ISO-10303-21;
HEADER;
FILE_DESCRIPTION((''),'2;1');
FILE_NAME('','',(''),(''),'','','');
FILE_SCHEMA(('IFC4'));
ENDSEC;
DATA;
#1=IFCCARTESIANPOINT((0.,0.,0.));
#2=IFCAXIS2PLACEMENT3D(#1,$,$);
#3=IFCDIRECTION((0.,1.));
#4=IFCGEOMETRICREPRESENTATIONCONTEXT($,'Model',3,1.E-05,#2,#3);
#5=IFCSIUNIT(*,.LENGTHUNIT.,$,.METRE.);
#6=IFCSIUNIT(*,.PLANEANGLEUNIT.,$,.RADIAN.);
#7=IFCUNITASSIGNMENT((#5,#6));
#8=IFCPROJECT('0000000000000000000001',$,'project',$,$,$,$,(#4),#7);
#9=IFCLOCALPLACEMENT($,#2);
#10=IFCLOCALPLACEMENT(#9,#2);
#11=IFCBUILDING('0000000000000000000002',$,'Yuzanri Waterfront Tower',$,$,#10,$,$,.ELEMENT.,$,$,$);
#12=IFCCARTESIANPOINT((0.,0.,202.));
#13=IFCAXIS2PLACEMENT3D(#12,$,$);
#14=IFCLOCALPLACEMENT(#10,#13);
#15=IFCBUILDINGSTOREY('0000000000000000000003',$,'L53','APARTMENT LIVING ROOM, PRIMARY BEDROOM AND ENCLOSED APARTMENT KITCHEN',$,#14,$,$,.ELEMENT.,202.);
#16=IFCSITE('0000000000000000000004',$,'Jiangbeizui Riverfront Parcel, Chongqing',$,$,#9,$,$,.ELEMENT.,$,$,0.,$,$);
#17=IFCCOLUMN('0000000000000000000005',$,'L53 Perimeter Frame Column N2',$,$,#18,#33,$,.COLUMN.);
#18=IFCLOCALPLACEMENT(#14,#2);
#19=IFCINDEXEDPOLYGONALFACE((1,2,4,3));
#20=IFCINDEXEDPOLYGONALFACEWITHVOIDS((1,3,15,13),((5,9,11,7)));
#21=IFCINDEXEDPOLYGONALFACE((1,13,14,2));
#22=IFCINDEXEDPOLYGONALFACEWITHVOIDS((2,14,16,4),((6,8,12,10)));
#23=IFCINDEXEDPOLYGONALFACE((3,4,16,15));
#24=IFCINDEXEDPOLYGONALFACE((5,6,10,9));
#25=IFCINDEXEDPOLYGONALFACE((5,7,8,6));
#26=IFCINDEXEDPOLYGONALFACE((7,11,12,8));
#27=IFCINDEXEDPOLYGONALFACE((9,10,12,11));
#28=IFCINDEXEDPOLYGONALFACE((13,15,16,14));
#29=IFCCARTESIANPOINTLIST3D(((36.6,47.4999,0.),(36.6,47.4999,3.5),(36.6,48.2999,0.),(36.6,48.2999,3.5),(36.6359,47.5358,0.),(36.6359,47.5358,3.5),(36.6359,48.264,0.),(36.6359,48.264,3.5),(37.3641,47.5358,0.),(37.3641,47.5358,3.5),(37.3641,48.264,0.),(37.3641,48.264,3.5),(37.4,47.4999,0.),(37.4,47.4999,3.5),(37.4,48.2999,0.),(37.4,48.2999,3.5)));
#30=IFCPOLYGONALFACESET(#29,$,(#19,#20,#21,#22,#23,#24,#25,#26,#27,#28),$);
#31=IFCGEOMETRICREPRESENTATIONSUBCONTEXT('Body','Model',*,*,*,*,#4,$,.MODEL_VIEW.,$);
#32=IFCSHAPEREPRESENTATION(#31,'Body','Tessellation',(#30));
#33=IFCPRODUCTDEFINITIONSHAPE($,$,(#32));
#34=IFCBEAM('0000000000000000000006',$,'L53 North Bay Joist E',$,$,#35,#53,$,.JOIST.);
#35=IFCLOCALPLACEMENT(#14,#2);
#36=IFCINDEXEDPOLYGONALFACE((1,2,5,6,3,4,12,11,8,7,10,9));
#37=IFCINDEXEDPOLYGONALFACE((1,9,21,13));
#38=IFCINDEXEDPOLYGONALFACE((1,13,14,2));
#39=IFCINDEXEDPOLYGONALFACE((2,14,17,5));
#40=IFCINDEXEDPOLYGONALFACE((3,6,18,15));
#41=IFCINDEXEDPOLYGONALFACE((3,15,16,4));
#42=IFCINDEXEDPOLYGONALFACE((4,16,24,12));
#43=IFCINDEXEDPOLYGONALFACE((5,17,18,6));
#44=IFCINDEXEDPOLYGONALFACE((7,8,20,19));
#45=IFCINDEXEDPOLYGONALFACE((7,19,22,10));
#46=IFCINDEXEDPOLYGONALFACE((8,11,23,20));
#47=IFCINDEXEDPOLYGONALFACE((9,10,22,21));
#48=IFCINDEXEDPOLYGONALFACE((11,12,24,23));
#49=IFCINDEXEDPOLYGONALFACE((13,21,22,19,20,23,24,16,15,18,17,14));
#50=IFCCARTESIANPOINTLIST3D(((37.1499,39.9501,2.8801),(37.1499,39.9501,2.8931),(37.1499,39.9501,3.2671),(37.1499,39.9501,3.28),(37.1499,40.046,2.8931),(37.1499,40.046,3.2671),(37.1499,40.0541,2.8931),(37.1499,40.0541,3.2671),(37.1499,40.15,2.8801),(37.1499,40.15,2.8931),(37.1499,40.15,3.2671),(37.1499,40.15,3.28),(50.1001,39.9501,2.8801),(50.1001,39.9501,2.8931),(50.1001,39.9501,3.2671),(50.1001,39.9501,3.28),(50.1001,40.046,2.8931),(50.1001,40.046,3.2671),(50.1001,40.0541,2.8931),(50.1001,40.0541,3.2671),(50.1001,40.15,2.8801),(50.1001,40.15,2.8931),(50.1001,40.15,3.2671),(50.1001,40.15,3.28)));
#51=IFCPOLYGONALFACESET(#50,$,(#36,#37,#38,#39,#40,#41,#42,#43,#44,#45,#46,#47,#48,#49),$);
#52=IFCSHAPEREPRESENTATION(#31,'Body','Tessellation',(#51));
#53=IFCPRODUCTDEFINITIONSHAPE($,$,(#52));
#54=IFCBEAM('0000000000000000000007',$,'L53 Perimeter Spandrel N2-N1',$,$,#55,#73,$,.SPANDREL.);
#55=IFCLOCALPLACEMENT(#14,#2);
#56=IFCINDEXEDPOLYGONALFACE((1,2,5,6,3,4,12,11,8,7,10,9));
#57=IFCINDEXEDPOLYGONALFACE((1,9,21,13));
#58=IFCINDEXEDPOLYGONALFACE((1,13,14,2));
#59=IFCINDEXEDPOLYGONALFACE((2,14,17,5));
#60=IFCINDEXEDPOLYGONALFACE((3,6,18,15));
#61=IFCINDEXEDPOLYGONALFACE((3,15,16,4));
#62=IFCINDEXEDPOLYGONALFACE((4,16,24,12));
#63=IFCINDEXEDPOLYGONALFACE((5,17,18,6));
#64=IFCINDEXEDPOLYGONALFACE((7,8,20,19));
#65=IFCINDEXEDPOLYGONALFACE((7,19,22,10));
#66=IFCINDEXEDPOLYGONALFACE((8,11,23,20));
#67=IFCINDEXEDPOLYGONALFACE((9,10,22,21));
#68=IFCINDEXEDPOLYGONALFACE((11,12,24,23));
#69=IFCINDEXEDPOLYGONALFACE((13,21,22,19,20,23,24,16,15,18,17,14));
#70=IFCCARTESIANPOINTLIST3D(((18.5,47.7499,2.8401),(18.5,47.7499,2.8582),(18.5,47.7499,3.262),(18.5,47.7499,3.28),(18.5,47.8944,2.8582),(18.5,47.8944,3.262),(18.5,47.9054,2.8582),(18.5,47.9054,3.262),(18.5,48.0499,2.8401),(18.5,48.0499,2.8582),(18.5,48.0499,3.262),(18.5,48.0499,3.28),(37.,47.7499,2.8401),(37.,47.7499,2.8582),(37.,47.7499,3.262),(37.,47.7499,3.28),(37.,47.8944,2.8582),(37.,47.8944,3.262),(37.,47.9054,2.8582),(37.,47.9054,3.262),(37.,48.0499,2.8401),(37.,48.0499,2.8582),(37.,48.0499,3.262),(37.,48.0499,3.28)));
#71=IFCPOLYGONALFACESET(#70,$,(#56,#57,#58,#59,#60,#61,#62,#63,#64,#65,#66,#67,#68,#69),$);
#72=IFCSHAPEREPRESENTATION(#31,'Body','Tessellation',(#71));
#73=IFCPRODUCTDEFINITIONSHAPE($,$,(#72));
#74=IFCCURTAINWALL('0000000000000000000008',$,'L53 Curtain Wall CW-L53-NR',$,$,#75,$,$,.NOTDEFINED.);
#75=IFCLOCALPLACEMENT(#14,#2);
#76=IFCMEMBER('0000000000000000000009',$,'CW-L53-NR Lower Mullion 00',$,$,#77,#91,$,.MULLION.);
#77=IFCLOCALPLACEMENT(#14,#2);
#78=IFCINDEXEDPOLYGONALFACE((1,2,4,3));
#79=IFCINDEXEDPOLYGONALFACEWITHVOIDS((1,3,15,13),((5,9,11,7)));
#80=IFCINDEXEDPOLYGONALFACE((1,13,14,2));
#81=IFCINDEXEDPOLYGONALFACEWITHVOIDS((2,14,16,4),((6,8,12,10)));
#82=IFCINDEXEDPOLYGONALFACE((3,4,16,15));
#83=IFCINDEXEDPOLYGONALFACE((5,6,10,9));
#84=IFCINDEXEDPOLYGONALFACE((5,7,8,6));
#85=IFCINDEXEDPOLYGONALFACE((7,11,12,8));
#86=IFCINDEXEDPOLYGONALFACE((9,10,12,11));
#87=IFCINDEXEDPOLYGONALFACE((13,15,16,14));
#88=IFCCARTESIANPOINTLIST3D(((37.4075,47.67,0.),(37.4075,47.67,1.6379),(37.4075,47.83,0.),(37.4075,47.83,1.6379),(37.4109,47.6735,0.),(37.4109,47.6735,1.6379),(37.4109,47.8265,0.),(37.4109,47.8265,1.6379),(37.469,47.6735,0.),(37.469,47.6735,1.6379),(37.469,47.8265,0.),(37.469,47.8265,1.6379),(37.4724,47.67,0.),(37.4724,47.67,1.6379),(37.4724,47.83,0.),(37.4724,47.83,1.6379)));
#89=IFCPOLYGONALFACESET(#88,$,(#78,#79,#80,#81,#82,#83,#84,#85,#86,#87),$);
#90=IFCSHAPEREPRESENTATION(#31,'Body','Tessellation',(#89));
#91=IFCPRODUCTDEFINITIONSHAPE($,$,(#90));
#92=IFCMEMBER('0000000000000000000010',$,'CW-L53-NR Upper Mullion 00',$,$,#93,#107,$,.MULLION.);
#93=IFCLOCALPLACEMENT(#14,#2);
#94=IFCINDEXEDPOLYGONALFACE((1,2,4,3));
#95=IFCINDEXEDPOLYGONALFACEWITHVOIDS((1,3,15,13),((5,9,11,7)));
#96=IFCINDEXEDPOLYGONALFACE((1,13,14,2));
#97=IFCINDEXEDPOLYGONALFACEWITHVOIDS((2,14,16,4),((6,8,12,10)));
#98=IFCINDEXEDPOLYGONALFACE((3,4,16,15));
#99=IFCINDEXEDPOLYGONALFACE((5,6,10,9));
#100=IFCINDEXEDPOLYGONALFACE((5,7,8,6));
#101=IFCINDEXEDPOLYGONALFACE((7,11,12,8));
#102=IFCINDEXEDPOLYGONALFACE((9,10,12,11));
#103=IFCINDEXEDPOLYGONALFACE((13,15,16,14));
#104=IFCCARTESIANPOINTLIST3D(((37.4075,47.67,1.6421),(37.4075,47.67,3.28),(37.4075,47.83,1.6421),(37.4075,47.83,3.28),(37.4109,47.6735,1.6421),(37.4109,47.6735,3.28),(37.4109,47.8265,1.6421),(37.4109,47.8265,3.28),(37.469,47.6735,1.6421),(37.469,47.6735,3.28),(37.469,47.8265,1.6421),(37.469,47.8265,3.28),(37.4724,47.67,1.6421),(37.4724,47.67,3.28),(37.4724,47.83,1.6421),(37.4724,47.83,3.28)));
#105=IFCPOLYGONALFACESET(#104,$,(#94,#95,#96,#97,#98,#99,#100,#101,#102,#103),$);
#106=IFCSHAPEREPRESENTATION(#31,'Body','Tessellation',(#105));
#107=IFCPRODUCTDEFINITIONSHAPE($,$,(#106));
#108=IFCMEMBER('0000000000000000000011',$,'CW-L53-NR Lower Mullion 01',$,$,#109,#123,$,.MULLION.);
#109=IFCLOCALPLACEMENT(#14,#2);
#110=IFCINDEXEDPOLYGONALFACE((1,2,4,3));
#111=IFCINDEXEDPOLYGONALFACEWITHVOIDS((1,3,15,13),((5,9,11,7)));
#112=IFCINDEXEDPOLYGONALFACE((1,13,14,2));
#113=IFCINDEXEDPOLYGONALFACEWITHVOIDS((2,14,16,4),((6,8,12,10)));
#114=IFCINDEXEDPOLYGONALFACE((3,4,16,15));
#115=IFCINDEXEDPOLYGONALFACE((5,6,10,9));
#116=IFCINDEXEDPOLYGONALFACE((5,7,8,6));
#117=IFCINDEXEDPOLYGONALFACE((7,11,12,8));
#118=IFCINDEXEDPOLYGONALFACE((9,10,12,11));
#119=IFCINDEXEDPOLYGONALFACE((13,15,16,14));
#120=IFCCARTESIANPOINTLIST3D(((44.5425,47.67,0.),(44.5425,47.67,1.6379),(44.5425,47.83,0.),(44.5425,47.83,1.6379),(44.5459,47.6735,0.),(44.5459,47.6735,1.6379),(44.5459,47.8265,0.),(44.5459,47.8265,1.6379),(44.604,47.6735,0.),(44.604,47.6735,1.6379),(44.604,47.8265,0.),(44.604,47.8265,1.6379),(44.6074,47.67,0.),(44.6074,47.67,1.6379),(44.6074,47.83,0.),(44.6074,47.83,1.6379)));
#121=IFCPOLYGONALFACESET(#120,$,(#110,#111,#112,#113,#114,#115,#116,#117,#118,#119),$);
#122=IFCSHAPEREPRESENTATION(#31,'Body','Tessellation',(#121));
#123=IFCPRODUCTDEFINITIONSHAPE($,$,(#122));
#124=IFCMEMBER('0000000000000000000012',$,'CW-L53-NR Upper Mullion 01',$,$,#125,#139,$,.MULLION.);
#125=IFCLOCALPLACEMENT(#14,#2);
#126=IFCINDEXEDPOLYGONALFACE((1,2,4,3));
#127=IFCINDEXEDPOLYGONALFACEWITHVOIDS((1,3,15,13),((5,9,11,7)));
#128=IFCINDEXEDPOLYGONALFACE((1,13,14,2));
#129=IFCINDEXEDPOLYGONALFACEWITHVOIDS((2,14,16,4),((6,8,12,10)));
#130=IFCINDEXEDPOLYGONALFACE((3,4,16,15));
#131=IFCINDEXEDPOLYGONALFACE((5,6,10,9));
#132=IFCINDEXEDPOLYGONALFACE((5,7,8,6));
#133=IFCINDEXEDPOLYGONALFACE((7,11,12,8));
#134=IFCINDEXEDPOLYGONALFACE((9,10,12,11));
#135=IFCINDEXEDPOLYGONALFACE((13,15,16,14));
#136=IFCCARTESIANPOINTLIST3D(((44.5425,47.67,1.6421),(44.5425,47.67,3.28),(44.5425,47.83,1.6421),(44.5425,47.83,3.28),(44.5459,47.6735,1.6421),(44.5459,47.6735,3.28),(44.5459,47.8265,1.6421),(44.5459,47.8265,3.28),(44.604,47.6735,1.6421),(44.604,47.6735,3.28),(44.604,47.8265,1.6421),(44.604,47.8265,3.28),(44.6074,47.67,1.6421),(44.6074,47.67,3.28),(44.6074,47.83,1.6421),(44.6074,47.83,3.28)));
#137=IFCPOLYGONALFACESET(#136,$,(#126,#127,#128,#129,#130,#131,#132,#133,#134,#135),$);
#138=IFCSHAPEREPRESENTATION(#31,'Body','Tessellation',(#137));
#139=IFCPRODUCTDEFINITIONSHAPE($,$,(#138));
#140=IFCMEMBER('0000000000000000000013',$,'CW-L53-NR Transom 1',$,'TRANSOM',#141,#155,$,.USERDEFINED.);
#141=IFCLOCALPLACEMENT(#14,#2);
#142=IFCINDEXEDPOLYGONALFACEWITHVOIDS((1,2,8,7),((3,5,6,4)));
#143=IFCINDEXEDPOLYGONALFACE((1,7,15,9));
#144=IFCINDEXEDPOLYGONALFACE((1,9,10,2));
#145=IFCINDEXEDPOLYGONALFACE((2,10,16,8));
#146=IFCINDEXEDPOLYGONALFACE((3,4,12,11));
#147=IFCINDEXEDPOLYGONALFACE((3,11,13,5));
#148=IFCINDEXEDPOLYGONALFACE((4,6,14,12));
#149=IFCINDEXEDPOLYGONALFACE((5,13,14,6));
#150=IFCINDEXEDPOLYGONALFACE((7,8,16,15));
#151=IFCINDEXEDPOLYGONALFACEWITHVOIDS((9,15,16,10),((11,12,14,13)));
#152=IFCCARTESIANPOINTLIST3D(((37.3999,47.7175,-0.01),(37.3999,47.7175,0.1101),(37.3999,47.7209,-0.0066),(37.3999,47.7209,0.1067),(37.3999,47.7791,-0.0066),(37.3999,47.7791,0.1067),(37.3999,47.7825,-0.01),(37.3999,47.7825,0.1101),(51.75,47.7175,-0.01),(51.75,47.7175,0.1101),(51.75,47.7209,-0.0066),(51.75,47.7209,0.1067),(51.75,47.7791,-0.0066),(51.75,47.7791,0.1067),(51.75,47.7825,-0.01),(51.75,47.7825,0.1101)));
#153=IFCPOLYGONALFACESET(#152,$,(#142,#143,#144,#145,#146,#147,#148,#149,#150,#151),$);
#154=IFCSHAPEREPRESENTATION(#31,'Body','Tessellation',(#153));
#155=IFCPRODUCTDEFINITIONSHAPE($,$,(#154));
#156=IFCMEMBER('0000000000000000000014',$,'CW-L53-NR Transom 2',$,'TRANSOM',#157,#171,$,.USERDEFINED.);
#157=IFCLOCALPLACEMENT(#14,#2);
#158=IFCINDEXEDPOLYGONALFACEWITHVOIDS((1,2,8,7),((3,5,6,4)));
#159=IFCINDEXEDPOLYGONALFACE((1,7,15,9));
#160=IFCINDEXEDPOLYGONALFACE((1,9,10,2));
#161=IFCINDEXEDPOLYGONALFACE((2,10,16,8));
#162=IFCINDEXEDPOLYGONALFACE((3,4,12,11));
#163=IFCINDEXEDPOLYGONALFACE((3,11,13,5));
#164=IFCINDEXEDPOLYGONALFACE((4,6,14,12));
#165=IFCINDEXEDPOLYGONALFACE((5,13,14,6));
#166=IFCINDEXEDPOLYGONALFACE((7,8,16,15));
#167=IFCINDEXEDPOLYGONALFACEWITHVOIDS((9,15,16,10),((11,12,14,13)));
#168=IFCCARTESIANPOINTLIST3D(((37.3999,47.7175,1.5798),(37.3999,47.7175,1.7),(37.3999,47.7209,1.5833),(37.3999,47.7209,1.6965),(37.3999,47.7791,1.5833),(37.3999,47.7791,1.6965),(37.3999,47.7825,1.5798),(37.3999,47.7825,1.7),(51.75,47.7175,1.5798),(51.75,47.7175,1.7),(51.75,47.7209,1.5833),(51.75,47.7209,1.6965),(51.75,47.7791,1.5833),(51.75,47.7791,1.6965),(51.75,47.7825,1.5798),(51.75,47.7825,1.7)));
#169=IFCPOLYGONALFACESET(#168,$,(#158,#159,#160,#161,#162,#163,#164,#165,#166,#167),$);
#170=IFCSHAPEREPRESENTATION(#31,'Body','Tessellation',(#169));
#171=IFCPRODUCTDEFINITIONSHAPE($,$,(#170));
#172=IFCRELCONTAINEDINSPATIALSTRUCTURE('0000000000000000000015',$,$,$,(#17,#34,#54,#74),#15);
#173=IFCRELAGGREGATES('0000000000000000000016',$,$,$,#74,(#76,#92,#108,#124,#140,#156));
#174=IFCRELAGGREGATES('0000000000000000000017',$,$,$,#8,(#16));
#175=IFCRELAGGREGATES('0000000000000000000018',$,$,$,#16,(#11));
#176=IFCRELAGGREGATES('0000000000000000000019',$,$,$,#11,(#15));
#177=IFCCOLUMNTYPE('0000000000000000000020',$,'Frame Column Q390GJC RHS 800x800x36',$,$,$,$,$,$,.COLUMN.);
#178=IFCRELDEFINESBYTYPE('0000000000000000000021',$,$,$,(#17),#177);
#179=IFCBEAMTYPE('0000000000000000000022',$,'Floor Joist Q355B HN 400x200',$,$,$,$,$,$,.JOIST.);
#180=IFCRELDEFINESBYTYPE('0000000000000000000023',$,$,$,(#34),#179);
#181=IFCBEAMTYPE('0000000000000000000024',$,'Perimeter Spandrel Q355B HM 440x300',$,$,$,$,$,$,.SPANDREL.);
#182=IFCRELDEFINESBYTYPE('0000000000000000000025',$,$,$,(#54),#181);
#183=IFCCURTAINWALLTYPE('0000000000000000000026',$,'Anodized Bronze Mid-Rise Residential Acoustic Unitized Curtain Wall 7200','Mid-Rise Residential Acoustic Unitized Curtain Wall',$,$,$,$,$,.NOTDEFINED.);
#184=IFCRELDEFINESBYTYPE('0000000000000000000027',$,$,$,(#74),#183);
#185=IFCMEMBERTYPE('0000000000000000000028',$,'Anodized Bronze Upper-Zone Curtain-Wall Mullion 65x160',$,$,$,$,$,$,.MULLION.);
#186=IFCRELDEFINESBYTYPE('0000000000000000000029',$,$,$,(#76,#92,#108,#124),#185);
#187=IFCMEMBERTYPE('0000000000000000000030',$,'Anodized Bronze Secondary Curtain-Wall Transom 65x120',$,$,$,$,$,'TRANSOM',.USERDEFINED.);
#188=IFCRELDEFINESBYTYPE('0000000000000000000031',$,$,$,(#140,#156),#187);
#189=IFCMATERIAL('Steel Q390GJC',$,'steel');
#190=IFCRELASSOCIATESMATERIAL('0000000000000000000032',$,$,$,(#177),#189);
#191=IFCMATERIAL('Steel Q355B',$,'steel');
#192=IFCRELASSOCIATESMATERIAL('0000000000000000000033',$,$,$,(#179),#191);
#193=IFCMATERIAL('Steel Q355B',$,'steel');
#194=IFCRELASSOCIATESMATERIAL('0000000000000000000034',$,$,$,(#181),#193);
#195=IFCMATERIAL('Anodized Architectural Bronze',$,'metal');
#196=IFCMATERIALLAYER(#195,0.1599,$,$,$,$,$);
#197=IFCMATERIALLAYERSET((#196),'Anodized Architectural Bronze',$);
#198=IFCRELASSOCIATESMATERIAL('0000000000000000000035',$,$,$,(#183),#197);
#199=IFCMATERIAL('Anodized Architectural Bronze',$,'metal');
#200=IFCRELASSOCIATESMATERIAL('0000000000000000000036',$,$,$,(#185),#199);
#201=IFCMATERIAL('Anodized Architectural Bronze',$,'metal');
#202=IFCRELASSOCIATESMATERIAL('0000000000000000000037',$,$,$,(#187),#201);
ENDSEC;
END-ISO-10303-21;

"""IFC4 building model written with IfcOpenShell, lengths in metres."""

from ifc_helpers import new_model, si_unit, direction, frame, origin, origin_2d, place, context, subcontext, project, spatial, hollow_rectangle, i_section, extrude, source, transform, mapped, material, layer, layer_set, material_profile, profile_set, type_object, element, aggregate, save


model = new_model("IFC4")

# Units and contexts
model_context = context("Model", 3, precision=1e-05, world=origin(), true_north=direction((0.0, 1.0)))
body_context = subcontext(model_context, "Body", "Model", "MODEL_VIEW")
ifc_project = project(units=[si_unit("LENGTHUNIT", "METRE"), si_unit("PLANEANGLEUNIT", "RADIAN")], contexts=[model_context])

# Site, building, storey
site_placement = place(None, origin())
site = spatial("IfcSite", under=ifc_project, at=site_placement, Name="Jiangbeizui Riverfront Parcel, Chongqing", CompositionType="ELEMENT", RefElevation=0.0)
building_placement = place(site_placement, origin())
building = spatial("IfcBuilding", under=site, at=building_placement, Name="Yuzanri Waterfront Tower", CompositionType="ELEMENT")
storey_placement = place(building_placement, frame((0.0, 0.0, 202.0)))
storey = spatial("IfcBuildingStorey", under=building, at=storey_placement, Name="L53", Description="APARTMENT LIVING ROOM, PRIMARY BEDROOM AND ENCLOSED APARTMENT KITCHEN", CompositionType="ELEMENT", Elevation=202.0)

# Column
ifc_material_1 = material(Name="Steel Q390GJC", Category="steel")
ifc_material_profile_1 = material_profile(ifc_material_1, hollow_rectangle(XDim=0.8, YDim=0.8, WallThickness=0.0359, at=origin_2d()), Name="RHS 800x800x36")
ifc_profile_set_1 = profile_set([ifc_material_profile_1], Name="Steel Q390GJC")
column_type = type_object("IfcColumnType", Name="Frame Column Q390GJC RHS 800x800x36", PredefinedType="COLUMN", material=ifc_profile_set_1)
shared_shape_1 = source(origin(), body_context, "Body", "SweptSolid", [
    extrude(hollow_rectangle(XDim=0.8, YDim=0.8, WallThickness=0.0359, at=origin_2d()), origin(), (0.0, 0.0, 1.0), 3.5),
])
column_placement = place(storey_placement, frame((37.0, 47.8999, 0.0), z_axis=(0.0, 0.0, 1.0), x_axis=(1.0, 0.0, 0.0)))
element("IfcColumn", 1, at=column_placement, inside=storey, type_object=column_type, Name="L53 Perimeter Frame Column N2", PredefinedType="COLUMN", context=body_context, shape_type="MappedRepresentation", body=[
    mapped(shared_shape_1, transform((0.0, 0.0, 0.0), scale=1.0)),
])

# Beams
ifc_material_2 = material(Name="Steel Q355B", Category="steel")
ifc_material_profile_2 = material_profile(ifc_material_2, i_section(OverallWidth=0.2, OverallDepth=0.3999, WebThickness=0.0081, FlangeThickness=0.0129, at=origin_2d()), Name="HN 400x200x8x13")
ifc_profile_set_2 = profile_set([ifc_material_profile_2], Name="Steel Q355B")
beam_type_1 = type_object("IfcBeamType", Name="Floor Joist Q355B HN 400x200", PredefinedType="JOIST", material=ifc_profile_set_2)
shared_shape_2 = source(origin(), body_context, "Body", "SweptSolid", [
    extrude(i_section(OverallWidth=0.2, OverallDepth=0.3999, WebThickness=0.0081, FlangeThickness=0.0129, at=origin_2d()), origin(), (0.0, 0.0, 1.0), 12.9502),
])
beam_1_placement = place(storey_placement, frame((37.1499, 40.05, 3.0801), z_axis=(1.0, 0.0, 0.0), x_axis=(0.0, 1.0, 0.0)))
element("IfcBeam", 2, at=beam_1_placement, inside=storey, type_object=beam_type_1, Name="L53 North Bay Joist E", PredefinedType="JOIST", context=body_context, shape_type="MappedRepresentation", body=[
    mapped(shared_shape_2, transform((0.0, 0.0, 0.0), scale=1.0)),
])
ifc_material_3 = material(Name="Steel Q355B", Category="steel")
ifc_material_profile_3 = material_profile(ifc_material_3, i_section(OverallWidth=0.3, OverallDepth=0.4399, WebThickness=0.011, FlangeThickness=0.0181, at=origin_2d()), Name="HM 440x300x11x18")
ifc_profile_set_3 = profile_set([ifc_material_profile_3], Name="Steel Q355B")
beam_type_2 = type_object("IfcBeamType", Name="Perimeter Spandrel Q355B HM 440x300", PredefinedType="SPANDREL", material=ifc_profile_set_3)
shared_shape_3 = source(origin(), body_context, "Body", "SweptSolid", [
    extrude(i_section(OverallWidth=0.3, OverallDepth=0.4399, WebThickness=0.011, FlangeThickness=0.0181, at=origin_2d()), origin(), (0.0, 0.0, 1.0), 18.5),
])
beam_2_placement = place(storey_placement, frame((37.0, 47.8999, 3.0601), z_axis=(-1.0, 0.0, 0.0), x_axis=(0.0, -1.0, 0.0)))
element("IfcBeam", 3, at=beam_2_placement, inside=storey, type_object=beam_type_2, Name="L53 Perimeter Spandrel N2-N1", PredefinedType="SPANDREL", context=body_context, shape_type="MappedRepresentation", body=[
    mapped(shared_shape_3, transform((0.0, 0.0, 0.0), scale=1.0)),
])

# Curtain wall, members
ifc_material_4 = material(Name="Anodized Architectural Bronze", Category="metal")
ifc_layer_1 = layer(ifc_material_4, 0.1599)
ifc_layer_set_1 = layer_set([ifc_layer_1], Name="Anodized Architectural Bronze")
curtain_wall_type = type_object("IfcCurtainWallType", Name="Anodized Bronze Mid-Rise Residential Acoustic Unitized Curtain Wall 7200", Description="Mid-Rise Residential Acoustic Unitized Curtain Wall", PredefinedType="NOTDEFINED", material=ifc_layer_set_1)
curtain_wall_placement = place(storey_placement, origin())
curtain_wall = element("IfcCurtainWall", 4, at=curtain_wall_placement, inside=storey, type_object=curtain_wall_type, Name="L53 Curtain Wall CW-L53-NR", PredefinedType="NOTDEFINED")
ifc_material_5 = material(Name="Anodized Architectural Bronze", Category="metal")
ifc_material_profile_4 = material_profile(ifc_material_5, hollow_rectangle(XDim=0.0649, YDim=0.1599, WallThickness=0.0034, at=origin_2d()), Name="CWM 65x160")
ifc_profile_set_4 = profile_set([ifc_material_profile_4], Name="Anodized Architectural Bronze")
member_type_1 = type_object("IfcMemberType", Name="Anodized Bronze Upper-Zone Curtain-Wall Mullion 65x160", PredefinedType="MULLION", material=ifc_profile_set_4)
shared_shape_4 = source(origin(), body_context, "Body", "SweptSolid", [
    extrude(hollow_rectangle(XDim=0.0649, YDim=0.1599, WallThickness=0.0034, at=origin_2d()), origin(), (0.0, 0.0, 1.0), 1.6379),
])
member_1_placement = place(storey_placement, frame((37.4399, 47.75, 0.0), z_axis=(0.0, 0.0, 1.0), x_axis=(1.0, 0.0, 0.0)))
member_1 = element("IfcMember", 5, at=member_1_placement, type_object=member_type_1, Name="CW-L53-NR Lower Mullion 00", PredefinedType="MULLION", context=body_context, shape_type="MappedRepresentation", body=[
    mapped(shared_shape_4, transform((0.0, 0.0, 0.0), scale=1.0)),
])
member_2_placement = place(storey_placement, frame((37.4399, 47.75, 1.6421), z_axis=(0.0, 0.0, 1.0), x_axis=(1.0, 0.0, 0.0)))
member_2 = element("IfcMember", 6, at=member_2_placement, type_object=member_type_1, Name="CW-L53-NR Upper Mullion 00", PredefinedType="MULLION", context=body_context, shape_type="MappedRepresentation", body=[
    mapped(shared_shape_4, transform((0.0, 0.0, 0.0), scale=1.0)),
])
member_3_placement = place(storey_placement, frame((44.575, 47.75, 0.0), z_axis=(0.0, 0.0, 1.0), x_axis=(1.0, 0.0, 0.0)))
member_3 = element("IfcMember", 7, at=member_3_placement, type_object=member_type_1, Name="CW-L53-NR Lower Mullion 01", PredefinedType="MULLION", context=body_context, shape_type="MappedRepresentation", body=[
    mapped(shared_shape_4, transform((0.0, 0.0, 0.0), scale=1.0)),
])
member_4_placement = place(storey_placement, frame((44.575, 47.75, 1.6421), z_axis=(0.0, 0.0, 1.0), x_axis=(1.0, 0.0, 0.0)))
member_4 = element("IfcMember", 8, at=member_4_placement, type_object=member_type_1, Name="CW-L53-NR Upper Mullion 01", PredefinedType="MULLION", context=body_context, shape_type="MappedRepresentation", body=[
    mapped(shared_shape_4, transform((0.0, 0.0, 0.0), scale=1.0)),
])
ifc_material_6 = material(Name="Anodized Architectural Bronze", Category="metal")
ifc_material_profile_5 = material_profile(ifc_material_6, hollow_rectangle(XDim=0.0649, YDim=0.1201, WallThickness=0.0034, at=origin_2d()), Name="CWT 65x120")
ifc_profile_set_5 = profile_set([ifc_material_profile_5], Name="Anodized Architectural Bronze")
member_type_2 = type_object("IfcMemberType", Name="Anodized Bronze Secondary Curtain-Wall Transom 65x120", ElementType="TRANSOM", PredefinedType="USERDEFINED", material=ifc_profile_set_5)
shared_shape_5 = source(origin(), body_context, "Body", "SweptSolid", [
    extrude(hollow_rectangle(XDim=0.0649, YDim=0.1201, WallThickness=0.0034, at=origin_2d()), origin(), (0.0, 0.0, 1.0), 14.3501),
])
member_5_placement = place(storey_placement, frame((37.3999, 47.75, 0.05), z_axis=(1.0, 0.0, 0.0), x_axis=(0.0, 1.0, 0.0)))
member_5 = element("IfcMember", 9, at=member_5_placement, type_object=member_type_2, Name="CW-L53-NR Transom 1", ObjectType="TRANSOM", PredefinedType="USERDEFINED", context=body_context, shape_type="MappedRepresentation", body=[
    mapped(shared_shape_5, transform((0.0, 0.0, 0.0), scale=1.0)),
])
member_6_placement = place(storey_placement, frame((37.3999, 47.75, 1.6399), z_axis=(1.0, 0.0, 0.0), x_axis=(0.0, 1.0, 0.0)))
member_6 = element("IfcMember", 10, at=member_6_placement, type_object=member_type_2, Name="CW-L53-NR Transom 2", ObjectType="TRANSOM", PredefinedType="USERDEFINED", context=body_context, shape_type="MappedRepresentation", body=[
    mapped(shared_shape_5, transform((0.0, 0.0, 0.0), scale=1.0)),
])
aggregate(curtain_wall, [member_1, member_2, member_3, member_4, member_5, member_6])

save(model, "model.ifc")
